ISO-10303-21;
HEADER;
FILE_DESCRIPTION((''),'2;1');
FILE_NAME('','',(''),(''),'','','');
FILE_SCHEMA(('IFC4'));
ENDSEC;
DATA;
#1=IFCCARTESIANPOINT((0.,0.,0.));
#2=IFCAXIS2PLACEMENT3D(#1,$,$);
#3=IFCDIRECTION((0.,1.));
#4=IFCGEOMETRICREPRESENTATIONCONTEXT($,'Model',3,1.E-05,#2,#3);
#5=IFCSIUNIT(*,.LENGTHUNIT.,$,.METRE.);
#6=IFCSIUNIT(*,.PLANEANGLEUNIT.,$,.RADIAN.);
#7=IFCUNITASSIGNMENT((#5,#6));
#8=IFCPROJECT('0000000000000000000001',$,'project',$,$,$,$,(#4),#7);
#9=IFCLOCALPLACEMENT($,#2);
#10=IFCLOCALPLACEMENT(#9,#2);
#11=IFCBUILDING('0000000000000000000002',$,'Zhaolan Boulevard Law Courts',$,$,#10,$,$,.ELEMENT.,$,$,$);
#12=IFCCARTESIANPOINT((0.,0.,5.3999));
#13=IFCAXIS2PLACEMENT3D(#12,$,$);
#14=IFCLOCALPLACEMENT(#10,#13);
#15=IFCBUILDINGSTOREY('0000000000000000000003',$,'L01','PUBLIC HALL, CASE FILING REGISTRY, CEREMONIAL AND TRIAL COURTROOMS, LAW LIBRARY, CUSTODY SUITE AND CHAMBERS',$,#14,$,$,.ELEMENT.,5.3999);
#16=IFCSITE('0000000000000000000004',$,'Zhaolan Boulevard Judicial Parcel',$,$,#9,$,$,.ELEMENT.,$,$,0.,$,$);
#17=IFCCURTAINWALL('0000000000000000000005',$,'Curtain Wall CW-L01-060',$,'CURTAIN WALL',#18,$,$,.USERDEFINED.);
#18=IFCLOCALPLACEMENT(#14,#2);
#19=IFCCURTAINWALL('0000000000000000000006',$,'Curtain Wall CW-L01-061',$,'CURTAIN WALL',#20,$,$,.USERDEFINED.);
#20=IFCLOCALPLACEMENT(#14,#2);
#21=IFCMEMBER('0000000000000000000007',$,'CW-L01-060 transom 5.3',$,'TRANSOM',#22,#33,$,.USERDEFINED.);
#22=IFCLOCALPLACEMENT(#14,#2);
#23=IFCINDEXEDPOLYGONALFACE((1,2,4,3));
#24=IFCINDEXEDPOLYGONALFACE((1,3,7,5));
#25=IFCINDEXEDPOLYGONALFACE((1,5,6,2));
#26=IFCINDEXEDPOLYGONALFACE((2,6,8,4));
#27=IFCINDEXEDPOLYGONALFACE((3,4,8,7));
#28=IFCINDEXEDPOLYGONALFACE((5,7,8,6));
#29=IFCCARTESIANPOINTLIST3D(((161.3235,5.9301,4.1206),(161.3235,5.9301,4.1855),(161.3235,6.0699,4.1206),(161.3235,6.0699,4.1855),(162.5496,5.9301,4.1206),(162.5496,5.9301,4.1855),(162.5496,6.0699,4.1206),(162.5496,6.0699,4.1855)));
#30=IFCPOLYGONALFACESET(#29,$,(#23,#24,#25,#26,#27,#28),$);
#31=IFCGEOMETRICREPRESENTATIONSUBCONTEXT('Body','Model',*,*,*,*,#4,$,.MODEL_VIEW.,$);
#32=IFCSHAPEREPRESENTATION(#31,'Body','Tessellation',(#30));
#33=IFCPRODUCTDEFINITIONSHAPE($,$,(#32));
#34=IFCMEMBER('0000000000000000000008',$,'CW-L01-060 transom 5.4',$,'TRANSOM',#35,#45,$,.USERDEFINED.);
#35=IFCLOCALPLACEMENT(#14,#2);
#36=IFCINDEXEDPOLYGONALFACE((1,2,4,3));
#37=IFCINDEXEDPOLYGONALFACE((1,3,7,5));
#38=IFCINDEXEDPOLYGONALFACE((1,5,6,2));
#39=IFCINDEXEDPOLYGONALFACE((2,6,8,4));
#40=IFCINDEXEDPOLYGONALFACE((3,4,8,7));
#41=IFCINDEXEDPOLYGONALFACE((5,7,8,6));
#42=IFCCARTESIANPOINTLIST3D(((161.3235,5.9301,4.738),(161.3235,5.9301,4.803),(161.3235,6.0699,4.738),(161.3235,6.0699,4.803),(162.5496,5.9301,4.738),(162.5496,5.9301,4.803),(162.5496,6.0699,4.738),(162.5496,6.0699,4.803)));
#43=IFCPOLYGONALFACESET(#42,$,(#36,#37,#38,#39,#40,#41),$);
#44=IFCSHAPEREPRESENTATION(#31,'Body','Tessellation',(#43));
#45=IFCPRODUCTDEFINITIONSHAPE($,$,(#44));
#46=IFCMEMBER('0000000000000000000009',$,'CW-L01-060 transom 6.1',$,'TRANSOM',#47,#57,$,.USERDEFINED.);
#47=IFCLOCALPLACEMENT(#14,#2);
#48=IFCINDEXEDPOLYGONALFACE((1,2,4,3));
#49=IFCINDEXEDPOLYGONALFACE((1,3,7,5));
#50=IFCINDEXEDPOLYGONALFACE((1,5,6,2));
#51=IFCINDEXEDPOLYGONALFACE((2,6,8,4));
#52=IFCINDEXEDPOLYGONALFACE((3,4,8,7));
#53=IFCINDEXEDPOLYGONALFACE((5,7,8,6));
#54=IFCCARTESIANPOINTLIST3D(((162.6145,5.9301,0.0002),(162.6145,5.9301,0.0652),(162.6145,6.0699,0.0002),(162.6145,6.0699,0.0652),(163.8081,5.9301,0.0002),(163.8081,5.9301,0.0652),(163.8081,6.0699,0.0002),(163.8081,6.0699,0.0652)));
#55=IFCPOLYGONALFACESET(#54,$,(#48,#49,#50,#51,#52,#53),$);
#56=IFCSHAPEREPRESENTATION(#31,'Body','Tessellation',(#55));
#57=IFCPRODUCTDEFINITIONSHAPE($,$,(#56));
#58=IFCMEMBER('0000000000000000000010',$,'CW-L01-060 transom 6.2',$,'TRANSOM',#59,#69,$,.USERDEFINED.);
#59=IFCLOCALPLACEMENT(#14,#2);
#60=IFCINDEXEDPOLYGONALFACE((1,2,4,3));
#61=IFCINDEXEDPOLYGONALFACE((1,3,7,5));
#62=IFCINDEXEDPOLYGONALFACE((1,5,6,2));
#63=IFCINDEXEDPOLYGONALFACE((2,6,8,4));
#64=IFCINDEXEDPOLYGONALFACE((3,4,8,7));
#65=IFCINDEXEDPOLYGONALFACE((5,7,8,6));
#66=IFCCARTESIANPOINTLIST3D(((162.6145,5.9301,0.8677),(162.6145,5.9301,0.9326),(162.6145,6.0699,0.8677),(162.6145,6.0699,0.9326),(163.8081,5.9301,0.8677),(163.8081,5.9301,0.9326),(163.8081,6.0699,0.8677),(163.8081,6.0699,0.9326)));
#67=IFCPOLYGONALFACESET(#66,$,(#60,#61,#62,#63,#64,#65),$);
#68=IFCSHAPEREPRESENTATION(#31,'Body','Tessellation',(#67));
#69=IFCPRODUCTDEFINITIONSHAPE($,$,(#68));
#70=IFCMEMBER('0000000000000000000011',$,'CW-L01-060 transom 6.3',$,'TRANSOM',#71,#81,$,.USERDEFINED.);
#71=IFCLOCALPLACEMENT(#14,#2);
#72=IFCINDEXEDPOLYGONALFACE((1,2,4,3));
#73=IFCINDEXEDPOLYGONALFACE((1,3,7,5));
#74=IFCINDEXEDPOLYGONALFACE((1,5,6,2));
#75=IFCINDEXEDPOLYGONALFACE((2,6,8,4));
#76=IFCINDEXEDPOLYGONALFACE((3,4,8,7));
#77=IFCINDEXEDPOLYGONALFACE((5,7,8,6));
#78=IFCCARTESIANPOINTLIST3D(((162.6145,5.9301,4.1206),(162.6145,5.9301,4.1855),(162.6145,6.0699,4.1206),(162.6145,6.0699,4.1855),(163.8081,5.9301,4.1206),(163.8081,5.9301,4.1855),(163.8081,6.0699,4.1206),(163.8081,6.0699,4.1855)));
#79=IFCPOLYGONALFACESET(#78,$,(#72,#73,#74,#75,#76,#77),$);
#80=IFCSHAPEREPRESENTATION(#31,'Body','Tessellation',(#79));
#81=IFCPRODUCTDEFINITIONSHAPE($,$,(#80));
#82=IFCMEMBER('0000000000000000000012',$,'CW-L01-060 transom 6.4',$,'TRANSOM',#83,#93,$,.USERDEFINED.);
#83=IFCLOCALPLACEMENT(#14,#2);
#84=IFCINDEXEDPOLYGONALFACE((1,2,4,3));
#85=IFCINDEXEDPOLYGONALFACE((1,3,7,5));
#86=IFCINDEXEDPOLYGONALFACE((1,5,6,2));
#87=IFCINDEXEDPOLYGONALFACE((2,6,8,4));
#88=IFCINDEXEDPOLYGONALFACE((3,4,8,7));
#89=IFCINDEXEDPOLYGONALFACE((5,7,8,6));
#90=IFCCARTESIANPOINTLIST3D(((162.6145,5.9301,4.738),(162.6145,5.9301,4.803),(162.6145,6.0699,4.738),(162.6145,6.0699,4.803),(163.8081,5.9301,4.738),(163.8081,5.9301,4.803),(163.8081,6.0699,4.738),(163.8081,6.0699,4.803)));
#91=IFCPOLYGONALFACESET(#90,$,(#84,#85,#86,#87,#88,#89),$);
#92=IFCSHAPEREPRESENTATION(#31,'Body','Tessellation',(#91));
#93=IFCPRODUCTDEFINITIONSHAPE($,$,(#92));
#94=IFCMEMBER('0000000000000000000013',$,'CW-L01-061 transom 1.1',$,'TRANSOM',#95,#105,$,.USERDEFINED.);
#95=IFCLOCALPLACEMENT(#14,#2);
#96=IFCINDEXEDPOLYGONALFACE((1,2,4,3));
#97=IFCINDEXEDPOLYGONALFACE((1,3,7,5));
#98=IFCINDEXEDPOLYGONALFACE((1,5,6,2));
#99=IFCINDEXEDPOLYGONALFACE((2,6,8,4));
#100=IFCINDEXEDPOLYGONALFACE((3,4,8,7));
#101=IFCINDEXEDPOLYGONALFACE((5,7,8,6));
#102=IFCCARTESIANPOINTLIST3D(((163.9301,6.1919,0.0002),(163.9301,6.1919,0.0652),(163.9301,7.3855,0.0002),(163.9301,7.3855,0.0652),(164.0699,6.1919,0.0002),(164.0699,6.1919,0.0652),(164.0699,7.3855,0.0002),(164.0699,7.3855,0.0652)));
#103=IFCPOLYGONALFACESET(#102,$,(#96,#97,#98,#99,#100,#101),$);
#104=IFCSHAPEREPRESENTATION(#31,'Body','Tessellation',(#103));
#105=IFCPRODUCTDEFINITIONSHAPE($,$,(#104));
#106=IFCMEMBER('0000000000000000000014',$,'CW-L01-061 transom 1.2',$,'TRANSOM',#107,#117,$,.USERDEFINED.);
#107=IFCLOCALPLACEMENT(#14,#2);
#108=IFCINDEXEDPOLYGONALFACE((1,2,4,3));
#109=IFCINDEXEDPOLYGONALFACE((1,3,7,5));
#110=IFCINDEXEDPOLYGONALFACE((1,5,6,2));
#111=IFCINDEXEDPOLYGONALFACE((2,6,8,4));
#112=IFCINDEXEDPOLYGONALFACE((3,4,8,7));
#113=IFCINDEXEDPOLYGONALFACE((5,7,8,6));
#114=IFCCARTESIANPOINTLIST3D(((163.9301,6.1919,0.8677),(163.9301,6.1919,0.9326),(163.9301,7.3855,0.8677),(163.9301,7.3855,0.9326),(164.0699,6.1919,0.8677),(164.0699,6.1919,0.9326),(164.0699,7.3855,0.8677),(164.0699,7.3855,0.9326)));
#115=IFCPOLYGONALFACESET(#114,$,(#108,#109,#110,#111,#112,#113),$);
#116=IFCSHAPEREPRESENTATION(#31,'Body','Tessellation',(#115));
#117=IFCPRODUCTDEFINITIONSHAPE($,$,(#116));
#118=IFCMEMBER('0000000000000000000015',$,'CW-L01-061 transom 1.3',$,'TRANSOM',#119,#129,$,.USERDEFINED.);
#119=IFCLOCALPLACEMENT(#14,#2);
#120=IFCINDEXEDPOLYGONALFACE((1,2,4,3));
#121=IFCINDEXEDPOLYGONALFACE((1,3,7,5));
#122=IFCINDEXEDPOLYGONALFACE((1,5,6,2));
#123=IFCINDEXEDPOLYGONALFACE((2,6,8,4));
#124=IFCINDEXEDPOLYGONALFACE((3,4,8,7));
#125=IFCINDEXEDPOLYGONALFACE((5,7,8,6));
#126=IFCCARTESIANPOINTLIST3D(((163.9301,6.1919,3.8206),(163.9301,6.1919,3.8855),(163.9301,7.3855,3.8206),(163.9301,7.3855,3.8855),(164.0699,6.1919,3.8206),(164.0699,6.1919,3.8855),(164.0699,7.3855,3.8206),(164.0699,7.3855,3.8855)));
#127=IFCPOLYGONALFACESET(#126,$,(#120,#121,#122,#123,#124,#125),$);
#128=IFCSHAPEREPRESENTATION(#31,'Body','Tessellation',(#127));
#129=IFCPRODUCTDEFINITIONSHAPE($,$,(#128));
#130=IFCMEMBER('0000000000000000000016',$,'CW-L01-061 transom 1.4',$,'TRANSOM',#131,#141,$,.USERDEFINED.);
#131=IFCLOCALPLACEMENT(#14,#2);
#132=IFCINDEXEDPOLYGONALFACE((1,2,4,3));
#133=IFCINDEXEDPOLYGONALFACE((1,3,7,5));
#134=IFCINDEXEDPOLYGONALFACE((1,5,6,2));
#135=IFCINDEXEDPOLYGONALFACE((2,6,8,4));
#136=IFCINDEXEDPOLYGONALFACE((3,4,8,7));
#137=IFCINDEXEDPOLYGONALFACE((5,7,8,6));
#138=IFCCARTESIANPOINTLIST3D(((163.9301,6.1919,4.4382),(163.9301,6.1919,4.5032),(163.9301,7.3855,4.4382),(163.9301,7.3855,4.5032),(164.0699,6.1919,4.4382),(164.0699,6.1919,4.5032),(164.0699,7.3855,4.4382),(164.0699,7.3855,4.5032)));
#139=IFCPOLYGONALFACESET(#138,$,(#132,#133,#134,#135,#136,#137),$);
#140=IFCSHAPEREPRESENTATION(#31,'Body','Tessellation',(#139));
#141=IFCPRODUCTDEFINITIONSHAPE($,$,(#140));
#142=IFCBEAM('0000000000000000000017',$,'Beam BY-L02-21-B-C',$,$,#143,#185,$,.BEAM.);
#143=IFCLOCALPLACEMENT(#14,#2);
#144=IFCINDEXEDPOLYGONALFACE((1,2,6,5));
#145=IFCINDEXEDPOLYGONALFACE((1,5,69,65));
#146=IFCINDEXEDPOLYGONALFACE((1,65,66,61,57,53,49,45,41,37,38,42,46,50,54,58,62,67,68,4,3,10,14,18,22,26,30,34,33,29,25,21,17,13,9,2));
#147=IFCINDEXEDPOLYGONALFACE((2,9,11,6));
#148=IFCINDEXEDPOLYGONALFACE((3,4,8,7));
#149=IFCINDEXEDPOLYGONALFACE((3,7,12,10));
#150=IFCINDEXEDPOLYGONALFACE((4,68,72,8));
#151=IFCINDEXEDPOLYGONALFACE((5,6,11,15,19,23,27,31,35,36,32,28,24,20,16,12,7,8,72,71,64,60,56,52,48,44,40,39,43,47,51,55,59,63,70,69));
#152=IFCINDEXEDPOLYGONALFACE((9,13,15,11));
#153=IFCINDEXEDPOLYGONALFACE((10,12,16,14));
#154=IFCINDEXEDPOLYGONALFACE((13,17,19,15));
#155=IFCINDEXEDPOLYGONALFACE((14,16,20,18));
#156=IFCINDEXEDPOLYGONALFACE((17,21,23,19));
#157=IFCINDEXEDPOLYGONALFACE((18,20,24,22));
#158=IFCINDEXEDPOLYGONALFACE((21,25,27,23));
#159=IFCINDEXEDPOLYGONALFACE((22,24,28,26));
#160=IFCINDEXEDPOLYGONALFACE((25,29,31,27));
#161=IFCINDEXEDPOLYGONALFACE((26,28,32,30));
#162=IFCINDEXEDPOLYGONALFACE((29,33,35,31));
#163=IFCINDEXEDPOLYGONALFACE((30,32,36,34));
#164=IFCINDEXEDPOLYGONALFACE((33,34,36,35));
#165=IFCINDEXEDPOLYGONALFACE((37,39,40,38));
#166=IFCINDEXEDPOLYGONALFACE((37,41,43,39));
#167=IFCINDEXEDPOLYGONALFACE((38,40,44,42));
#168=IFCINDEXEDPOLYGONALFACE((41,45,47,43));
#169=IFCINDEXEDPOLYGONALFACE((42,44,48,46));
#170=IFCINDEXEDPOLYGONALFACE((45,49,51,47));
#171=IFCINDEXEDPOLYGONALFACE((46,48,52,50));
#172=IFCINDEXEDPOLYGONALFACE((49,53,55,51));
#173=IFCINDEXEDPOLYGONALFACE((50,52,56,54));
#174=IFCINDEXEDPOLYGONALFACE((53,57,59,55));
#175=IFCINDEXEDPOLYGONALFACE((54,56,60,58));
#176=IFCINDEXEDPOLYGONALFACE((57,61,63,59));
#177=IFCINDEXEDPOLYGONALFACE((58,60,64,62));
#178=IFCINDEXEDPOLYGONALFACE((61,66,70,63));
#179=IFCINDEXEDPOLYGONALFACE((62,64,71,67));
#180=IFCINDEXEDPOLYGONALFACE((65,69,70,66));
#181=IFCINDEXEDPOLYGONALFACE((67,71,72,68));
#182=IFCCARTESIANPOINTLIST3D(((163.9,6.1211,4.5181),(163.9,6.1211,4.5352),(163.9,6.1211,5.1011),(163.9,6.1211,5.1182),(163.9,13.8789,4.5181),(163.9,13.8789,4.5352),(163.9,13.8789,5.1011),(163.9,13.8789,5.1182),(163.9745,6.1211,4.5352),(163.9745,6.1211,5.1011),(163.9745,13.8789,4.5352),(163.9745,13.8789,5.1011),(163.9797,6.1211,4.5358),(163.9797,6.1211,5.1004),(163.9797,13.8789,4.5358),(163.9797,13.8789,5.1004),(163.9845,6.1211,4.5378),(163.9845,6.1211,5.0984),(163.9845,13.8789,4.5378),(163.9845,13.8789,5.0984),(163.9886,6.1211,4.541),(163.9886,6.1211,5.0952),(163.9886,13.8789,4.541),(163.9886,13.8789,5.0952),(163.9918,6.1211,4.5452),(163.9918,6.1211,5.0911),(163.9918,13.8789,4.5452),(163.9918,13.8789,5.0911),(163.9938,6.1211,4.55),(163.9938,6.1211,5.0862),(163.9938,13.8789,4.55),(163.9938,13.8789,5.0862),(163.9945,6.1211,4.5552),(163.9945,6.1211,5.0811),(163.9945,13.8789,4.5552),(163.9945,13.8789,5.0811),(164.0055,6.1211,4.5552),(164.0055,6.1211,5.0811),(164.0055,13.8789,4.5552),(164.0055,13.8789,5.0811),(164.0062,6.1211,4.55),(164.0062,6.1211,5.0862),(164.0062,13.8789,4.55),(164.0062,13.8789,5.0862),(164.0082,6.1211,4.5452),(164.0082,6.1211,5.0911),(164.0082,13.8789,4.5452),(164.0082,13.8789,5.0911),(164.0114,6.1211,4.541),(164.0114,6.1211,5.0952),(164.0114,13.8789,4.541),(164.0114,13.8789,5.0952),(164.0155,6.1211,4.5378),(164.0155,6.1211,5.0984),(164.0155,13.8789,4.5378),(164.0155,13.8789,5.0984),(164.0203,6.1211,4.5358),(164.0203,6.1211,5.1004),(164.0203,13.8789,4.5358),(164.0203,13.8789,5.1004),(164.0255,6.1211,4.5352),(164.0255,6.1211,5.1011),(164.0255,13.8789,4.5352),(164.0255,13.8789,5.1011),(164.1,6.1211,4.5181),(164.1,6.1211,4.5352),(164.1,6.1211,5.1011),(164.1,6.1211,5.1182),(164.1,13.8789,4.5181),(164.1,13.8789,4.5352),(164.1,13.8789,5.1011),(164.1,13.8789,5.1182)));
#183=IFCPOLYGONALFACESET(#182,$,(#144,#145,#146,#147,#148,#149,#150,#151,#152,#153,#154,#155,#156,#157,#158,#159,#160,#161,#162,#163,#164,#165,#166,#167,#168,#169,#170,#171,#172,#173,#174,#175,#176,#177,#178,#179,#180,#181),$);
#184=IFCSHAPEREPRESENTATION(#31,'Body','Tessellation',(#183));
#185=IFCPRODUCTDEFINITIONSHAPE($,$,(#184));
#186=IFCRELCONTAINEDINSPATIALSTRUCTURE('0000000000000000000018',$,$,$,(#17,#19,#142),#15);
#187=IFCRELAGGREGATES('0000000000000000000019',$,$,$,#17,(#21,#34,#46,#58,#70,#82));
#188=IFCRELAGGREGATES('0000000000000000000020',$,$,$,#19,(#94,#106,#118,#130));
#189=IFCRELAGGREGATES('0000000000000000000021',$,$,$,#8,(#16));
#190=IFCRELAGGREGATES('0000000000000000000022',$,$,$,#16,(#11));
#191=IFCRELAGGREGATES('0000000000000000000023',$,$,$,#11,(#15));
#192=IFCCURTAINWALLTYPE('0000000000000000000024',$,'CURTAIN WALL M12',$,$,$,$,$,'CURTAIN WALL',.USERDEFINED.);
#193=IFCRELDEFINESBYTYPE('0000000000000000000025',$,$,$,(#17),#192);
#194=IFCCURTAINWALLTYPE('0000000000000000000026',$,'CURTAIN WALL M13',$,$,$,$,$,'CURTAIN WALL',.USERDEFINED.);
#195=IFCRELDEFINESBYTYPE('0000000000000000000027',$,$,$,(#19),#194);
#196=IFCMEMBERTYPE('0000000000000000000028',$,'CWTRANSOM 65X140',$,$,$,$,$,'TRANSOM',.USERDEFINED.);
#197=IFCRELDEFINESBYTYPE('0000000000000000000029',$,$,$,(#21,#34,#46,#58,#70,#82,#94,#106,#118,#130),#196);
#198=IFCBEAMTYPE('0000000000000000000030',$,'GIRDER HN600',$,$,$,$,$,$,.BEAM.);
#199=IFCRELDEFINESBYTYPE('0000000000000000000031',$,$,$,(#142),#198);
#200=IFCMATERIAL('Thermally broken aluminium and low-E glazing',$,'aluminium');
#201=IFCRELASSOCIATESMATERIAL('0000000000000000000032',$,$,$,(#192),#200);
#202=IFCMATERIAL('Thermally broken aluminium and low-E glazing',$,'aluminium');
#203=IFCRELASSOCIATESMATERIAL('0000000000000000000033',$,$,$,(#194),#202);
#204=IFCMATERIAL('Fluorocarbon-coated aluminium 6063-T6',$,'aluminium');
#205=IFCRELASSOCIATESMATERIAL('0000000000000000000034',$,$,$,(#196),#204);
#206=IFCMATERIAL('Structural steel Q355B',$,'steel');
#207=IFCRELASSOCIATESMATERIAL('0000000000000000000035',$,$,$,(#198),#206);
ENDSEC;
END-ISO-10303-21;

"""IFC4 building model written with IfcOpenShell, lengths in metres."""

from ifc_helpers import new_model, si_unit, direction, frame, origin, origin_2d, place, context, subcontext, project, spatial, rectangle, i_section, extrude, material, material_profile, profile_set, type_object, element, aggregate, save


model = new_model("IFC4")

# Units and contexts
model_context = context("Model", 3, precision=1e-05, world=origin(), true_north=direction((0.0, 1.0)))
body_context = subcontext(model_context, "Body", "Model", "MODEL_VIEW")
ifc_project = project(units=[si_unit("LENGTHUNIT", "METRE"), si_unit("PLANEANGLEUNIT", "RADIAN")], contexts=[model_context])

# Site, building, storey
site_placement = place(None, origin())
site = spatial("IfcSite", under=ifc_project, at=site_placement, Name="Zhaolan Boulevard Judicial Parcel", CompositionType="ELEMENT", RefElevation=0.0)
building_placement = place(site_placement, origin())
building = spatial("IfcBuilding", under=site, at=building_placement, Name="Zhaolan Boulevard Law Courts", CompositionType="ELEMENT")
storey_placement = place(building_placement, frame((0.0, 0.0, 5.3999)))
storey = spatial("IfcBuildingStorey", under=building, at=storey_placement, Name="L01", Description="PUBLIC HALL, CASE FILING REGISTRY, CEREMONIAL AND TRIAL COURTROOMS, LAW LIBRARY, CUSTODY SUITE AND CHAMBERS", CompositionType="ELEMENT", Elevation=5.3999)

# Curtain wall
ifc_material_1 = material(Name="Thermally broken aluminium and low-E glazing", Category="aluminium")
curtain_wall_type_1 = type_object("IfcCurtainWallType", Name="CURTAIN WALL M12", ElementType="CURTAIN WALL", PredefinedType="USERDEFINED", material=ifc_material_1)
curtain_wall_1_placement = place(storey_placement, origin())
curtain_wall_1 = element("IfcCurtainWall", 1, at=curtain_wall_1_placement, inside=storey, type_object=curtain_wall_type_1, Name="Curtain Wall CW-L01-060", ObjectType="CURTAIN WALL", PredefinedType="USERDEFINED")

# Curtain wall
ifc_material_2 = material(Name="Thermally broken aluminium and low-E glazing", Category="aluminium")
curtain_wall_type_2 = type_object("IfcCurtainWallType", Name="CURTAIN WALL M13", ElementType="CURTAIN WALL", PredefinedType="USERDEFINED", material=ifc_material_2)
curtain_wall_2_placement = place(storey_placement, origin())
curtain_wall_2 = element("IfcCurtainWall", 2, at=curtain_wall_2_placement, inside=storey, type_object=curtain_wall_type_2, Name="Curtain Wall CW-L01-061", ObjectType="CURTAIN WALL", PredefinedType="USERDEFINED")

# Members
ifc_material_3 = material(Name="Fluorocarbon-coated aluminium 6063-T6", Category="aluminium")
ifc_material_profile_1 = material_profile(ifc_material_3, rectangle(XDim=0.1399, YDim=0.0649, at=origin_2d()), Name="AL65x140")
ifc_profile_set_1 = profile_set([ifc_material_profile_1], Name="Fluorocarbon-coated aluminium 6063-T6")
member_type_1 = type_object("IfcMemberType", Name="CWTRANSOM 65X140", ElementType="TRANSOM", PredefinedType="USERDEFINED", material=ifc_profile_set_1)
member_1_placement = place(storey_placement, frame((161.3235, 6.0, 4.1531), z_axis=(1.0, 0.0, 0.0), x_axis=(0.0, 1.0, 0.0)))
member_1 = element("IfcMember", 3, at=member_1_placement, type_object=member_type_1, Name="CW-L01-060 transom 5.3", ObjectType="TRANSOM", PredefinedType="USERDEFINED", context=body_context, shape_type="SweptSolid", body=[
    extrude(rectangle(XDim=0.1399, YDim=0.0649, at=origin_2d()), origin(), (0.0, 0.0, 1.0), 1.2261),
])
member_2_placement = place(storey_placement, frame((161.3235, 6.0, 4.7705), z_axis=(1.0, 0.0, 0.0), x_axis=(0.0, 1.0, 0.0)))
member_2 = element("IfcMember", 4, at=member_2_placement, type_object=member_type_1, Name="CW-L01-060 transom 5.4", ObjectType="TRANSOM", PredefinedType="USERDEFINED", context=body_context, shape_type="SweptSolid", body=[
    extrude(rectangle(XDim=0.1399, YDim=0.0649, at=origin_2d()), origin(), (0.0, 0.0, 1.0), 1.2261),
])
member_3_placement = place(storey_placement, frame((162.6145, 6.0, 0.0327), z_axis=(1.0, 0.0, 0.0), x_axis=(0.0, 1.0, 0.0)))
member_3 = element("IfcMember", 5, at=member_3_placement, type_object=member_type_1, Name="CW-L01-060 transom 6.1", ObjectType="TRANSOM", PredefinedType="USERDEFINED", context=body_context, shape_type="SweptSolid", body=[
    extrude(rectangle(XDim=0.1399, YDim=0.0649, at=origin_2d()), origin(), (0.0, 0.0, 1.0), 1.1936),
])
member_4_placement = place(storey_placement, frame((162.6145, 6.0, 0.9001), z_axis=(1.0, 0.0, 0.0), x_axis=(0.0, 1.0, 0.0)))
member_4 = element("IfcMember", 6, at=member_4_placement, type_object=member_type_1, Name="CW-L01-060 transom 6.2", ObjectType="TRANSOM", PredefinedType="USERDEFINED", context=body_context, shape_type="SweptSolid", body=[
    extrude(rectangle(XDim=0.1399, YDim=0.0649, at=origin_2d()), origin(), (0.0, 0.0, 1.0), 1.1936),
])
member_5_placement = place(storey_placement, frame((162.6145, 6.0, 4.1531), z_axis=(1.0, 0.0, 0.0), x_axis=(0.0, 1.0, 0.0)))
member_5 = element("IfcMember", 7, at=member_5_placement, type_object=member_type_1, Name="CW-L01-060 transom 6.3", ObjectType="TRANSOM", PredefinedType="USERDEFINED", context=body_context, shape_type="SweptSolid", body=[
    extrude(rectangle(XDim=0.1399, YDim=0.0649, at=origin_2d()), origin(), (0.0, 0.0, 1.0), 1.1936),
])
member_6_placement = place(storey_placement, frame((162.6145, 6.0, 4.7705), z_axis=(1.0, 0.0, 0.0), x_axis=(0.0, 1.0, 0.0)))
member_6 = element("IfcMember", 8, at=member_6_placement, type_object=member_type_1, Name="CW-L01-060 transom 6.4", ObjectType="TRANSOM", PredefinedType="USERDEFINED", context=body_context, shape_type="SweptSolid", body=[
    extrude(rectangle(XDim=0.1399, YDim=0.0649, at=origin_2d()), origin(), (0.0, 0.0, 1.0), 1.1936),
])
member_7_placement = place(storey_placement, frame((164.0, 6.1919, 0.0327), z_axis=(0.0, 1.0, 0.0), x_axis=(-1.0, 0.0, 0.0)))
member_7 = element("IfcMember", 9, at=member_7_placement, type_object=member_type_1, Name="CW-L01-061 transom 1.1", ObjectType="TRANSOM", PredefinedType="USERDEFINED", context=body_context, shape_type="SweptSolid", body=[
    extrude(rectangle(XDim=0.1399, YDim=0.0649, at=origin_2d()), origin(), (0.0, 0.0, 1.0), 1.1936),
])
member_8_placement = place(storey_placement, frame((164.0, 6.1919, 0.9001), z_axis=(0.0, 1.0, 0.0), x_axis=(-1.0, 0.0, 0.0)))
member_8 = element("IfcMember", 10, at=member_8_placement, type_object=member_type_1, Name="CW-L01-061 transom 1.2", ObjectType="TRANSOM", PredefinedType="USERDEFINED", context=body_context, shape_type="SweptSolid", body=[
    extrude(rectangle(XDim=0.1399, YDim=0.0649, at=origin_2d()), origin(), (0.0, 0.0, 1.0), 1.1936),
])
member_9_placement = place(storey_placement, frame((164.0, 6.1919, 3.853), z_axis=(0.0, 1.0, 0.0), x_axis=(-1.0, 0.0, 0.0)))
member_9 = element("IfcMember", 11, at=member_9_placement, type_object=member_type_1, Name="CW-L01-061 transom 1.3", ObjectType="TRANSOM", PredefinedType="USERDEFINED", context=body_context, shape_type="SweptSolid", body=[
    extrude(rectangle(XDim=0.1399, YDim=0.0649, at=origin_2d()), origin(), (0.0, 0.0, 1.0), 1.1936),
])
member_10_placement = place(storey_placement, frame((164.0, 6.1919, 4.4707), z_axis=(0.0, 1.0, 0.0), x_axis=(-1.0, 0.0, 0.0)))
member_10 = element("IfcMember", 12, at=member_10_placement, type_object=member_type_1, Name="CW-L01-061 transom 1.4", ObjectType="TRANSOM", PredefinedType="USERDEFINED", context=body_context, shape_type="SweptSolid", body=[
    extrude(rectangle(XDim=0.1399, YDim=0.0649, at=origin_2d()), origin(), (0.0, 0.0, 1.0), 1.1936),
])

# Beam
ifc_material_4 = material(Name="Structural steel Q355B", Category="steel")
ifc_material_profile_2 = material_profile(ifc_material_4, i_section(OverallWidth=0.2, OverallDepth=0.6001, WebThickness=0.011, FlangeThickness=0.0171, FilletRadius=0.02, at=origin_2d()), Name="HN600x200")
ifc_profile_set_2 = profile_set([ifc_material_profile_2], Name="Structural steel Q355B")
beam_type_1 = type_object("IfcBeamType", Name="GIRDER HN600", PredefinedType="BEAM", material=ifc_profile_set_2)
beam_1_placement = place(storey_placement, frame((164.0, 6.1211, 4.8181), z_axis=(0.0, 1.0, 0.0), x_axis=(-1.0, 0.0, 0.0)))
element("IfcBeam", 13, at=beam_1_placement, inside=storey, type_object=beam_type_1, Name="Beam BY-L02-21-B-C", PredefinedType="BEAM", context=body_context, shape_type="SweptSolid", body=[
    extrude(i_section(OverallWidth=0.2, OverallDepth=0.6001, WebThickness=0.011, FlangeThickness=0.0171, FilletRadius=0.02, at=origin_2d()), origin(), (0.0, 0.0, 1.0), 7.7578),
])

aggregate(curtain_wall_1, [member_1, member_2, member_3, member_4, member_5, member_6])
aggregate(curtain_wall_2, [member_7, member_8, member_9, member_10])

save(model, "model.ifc")
